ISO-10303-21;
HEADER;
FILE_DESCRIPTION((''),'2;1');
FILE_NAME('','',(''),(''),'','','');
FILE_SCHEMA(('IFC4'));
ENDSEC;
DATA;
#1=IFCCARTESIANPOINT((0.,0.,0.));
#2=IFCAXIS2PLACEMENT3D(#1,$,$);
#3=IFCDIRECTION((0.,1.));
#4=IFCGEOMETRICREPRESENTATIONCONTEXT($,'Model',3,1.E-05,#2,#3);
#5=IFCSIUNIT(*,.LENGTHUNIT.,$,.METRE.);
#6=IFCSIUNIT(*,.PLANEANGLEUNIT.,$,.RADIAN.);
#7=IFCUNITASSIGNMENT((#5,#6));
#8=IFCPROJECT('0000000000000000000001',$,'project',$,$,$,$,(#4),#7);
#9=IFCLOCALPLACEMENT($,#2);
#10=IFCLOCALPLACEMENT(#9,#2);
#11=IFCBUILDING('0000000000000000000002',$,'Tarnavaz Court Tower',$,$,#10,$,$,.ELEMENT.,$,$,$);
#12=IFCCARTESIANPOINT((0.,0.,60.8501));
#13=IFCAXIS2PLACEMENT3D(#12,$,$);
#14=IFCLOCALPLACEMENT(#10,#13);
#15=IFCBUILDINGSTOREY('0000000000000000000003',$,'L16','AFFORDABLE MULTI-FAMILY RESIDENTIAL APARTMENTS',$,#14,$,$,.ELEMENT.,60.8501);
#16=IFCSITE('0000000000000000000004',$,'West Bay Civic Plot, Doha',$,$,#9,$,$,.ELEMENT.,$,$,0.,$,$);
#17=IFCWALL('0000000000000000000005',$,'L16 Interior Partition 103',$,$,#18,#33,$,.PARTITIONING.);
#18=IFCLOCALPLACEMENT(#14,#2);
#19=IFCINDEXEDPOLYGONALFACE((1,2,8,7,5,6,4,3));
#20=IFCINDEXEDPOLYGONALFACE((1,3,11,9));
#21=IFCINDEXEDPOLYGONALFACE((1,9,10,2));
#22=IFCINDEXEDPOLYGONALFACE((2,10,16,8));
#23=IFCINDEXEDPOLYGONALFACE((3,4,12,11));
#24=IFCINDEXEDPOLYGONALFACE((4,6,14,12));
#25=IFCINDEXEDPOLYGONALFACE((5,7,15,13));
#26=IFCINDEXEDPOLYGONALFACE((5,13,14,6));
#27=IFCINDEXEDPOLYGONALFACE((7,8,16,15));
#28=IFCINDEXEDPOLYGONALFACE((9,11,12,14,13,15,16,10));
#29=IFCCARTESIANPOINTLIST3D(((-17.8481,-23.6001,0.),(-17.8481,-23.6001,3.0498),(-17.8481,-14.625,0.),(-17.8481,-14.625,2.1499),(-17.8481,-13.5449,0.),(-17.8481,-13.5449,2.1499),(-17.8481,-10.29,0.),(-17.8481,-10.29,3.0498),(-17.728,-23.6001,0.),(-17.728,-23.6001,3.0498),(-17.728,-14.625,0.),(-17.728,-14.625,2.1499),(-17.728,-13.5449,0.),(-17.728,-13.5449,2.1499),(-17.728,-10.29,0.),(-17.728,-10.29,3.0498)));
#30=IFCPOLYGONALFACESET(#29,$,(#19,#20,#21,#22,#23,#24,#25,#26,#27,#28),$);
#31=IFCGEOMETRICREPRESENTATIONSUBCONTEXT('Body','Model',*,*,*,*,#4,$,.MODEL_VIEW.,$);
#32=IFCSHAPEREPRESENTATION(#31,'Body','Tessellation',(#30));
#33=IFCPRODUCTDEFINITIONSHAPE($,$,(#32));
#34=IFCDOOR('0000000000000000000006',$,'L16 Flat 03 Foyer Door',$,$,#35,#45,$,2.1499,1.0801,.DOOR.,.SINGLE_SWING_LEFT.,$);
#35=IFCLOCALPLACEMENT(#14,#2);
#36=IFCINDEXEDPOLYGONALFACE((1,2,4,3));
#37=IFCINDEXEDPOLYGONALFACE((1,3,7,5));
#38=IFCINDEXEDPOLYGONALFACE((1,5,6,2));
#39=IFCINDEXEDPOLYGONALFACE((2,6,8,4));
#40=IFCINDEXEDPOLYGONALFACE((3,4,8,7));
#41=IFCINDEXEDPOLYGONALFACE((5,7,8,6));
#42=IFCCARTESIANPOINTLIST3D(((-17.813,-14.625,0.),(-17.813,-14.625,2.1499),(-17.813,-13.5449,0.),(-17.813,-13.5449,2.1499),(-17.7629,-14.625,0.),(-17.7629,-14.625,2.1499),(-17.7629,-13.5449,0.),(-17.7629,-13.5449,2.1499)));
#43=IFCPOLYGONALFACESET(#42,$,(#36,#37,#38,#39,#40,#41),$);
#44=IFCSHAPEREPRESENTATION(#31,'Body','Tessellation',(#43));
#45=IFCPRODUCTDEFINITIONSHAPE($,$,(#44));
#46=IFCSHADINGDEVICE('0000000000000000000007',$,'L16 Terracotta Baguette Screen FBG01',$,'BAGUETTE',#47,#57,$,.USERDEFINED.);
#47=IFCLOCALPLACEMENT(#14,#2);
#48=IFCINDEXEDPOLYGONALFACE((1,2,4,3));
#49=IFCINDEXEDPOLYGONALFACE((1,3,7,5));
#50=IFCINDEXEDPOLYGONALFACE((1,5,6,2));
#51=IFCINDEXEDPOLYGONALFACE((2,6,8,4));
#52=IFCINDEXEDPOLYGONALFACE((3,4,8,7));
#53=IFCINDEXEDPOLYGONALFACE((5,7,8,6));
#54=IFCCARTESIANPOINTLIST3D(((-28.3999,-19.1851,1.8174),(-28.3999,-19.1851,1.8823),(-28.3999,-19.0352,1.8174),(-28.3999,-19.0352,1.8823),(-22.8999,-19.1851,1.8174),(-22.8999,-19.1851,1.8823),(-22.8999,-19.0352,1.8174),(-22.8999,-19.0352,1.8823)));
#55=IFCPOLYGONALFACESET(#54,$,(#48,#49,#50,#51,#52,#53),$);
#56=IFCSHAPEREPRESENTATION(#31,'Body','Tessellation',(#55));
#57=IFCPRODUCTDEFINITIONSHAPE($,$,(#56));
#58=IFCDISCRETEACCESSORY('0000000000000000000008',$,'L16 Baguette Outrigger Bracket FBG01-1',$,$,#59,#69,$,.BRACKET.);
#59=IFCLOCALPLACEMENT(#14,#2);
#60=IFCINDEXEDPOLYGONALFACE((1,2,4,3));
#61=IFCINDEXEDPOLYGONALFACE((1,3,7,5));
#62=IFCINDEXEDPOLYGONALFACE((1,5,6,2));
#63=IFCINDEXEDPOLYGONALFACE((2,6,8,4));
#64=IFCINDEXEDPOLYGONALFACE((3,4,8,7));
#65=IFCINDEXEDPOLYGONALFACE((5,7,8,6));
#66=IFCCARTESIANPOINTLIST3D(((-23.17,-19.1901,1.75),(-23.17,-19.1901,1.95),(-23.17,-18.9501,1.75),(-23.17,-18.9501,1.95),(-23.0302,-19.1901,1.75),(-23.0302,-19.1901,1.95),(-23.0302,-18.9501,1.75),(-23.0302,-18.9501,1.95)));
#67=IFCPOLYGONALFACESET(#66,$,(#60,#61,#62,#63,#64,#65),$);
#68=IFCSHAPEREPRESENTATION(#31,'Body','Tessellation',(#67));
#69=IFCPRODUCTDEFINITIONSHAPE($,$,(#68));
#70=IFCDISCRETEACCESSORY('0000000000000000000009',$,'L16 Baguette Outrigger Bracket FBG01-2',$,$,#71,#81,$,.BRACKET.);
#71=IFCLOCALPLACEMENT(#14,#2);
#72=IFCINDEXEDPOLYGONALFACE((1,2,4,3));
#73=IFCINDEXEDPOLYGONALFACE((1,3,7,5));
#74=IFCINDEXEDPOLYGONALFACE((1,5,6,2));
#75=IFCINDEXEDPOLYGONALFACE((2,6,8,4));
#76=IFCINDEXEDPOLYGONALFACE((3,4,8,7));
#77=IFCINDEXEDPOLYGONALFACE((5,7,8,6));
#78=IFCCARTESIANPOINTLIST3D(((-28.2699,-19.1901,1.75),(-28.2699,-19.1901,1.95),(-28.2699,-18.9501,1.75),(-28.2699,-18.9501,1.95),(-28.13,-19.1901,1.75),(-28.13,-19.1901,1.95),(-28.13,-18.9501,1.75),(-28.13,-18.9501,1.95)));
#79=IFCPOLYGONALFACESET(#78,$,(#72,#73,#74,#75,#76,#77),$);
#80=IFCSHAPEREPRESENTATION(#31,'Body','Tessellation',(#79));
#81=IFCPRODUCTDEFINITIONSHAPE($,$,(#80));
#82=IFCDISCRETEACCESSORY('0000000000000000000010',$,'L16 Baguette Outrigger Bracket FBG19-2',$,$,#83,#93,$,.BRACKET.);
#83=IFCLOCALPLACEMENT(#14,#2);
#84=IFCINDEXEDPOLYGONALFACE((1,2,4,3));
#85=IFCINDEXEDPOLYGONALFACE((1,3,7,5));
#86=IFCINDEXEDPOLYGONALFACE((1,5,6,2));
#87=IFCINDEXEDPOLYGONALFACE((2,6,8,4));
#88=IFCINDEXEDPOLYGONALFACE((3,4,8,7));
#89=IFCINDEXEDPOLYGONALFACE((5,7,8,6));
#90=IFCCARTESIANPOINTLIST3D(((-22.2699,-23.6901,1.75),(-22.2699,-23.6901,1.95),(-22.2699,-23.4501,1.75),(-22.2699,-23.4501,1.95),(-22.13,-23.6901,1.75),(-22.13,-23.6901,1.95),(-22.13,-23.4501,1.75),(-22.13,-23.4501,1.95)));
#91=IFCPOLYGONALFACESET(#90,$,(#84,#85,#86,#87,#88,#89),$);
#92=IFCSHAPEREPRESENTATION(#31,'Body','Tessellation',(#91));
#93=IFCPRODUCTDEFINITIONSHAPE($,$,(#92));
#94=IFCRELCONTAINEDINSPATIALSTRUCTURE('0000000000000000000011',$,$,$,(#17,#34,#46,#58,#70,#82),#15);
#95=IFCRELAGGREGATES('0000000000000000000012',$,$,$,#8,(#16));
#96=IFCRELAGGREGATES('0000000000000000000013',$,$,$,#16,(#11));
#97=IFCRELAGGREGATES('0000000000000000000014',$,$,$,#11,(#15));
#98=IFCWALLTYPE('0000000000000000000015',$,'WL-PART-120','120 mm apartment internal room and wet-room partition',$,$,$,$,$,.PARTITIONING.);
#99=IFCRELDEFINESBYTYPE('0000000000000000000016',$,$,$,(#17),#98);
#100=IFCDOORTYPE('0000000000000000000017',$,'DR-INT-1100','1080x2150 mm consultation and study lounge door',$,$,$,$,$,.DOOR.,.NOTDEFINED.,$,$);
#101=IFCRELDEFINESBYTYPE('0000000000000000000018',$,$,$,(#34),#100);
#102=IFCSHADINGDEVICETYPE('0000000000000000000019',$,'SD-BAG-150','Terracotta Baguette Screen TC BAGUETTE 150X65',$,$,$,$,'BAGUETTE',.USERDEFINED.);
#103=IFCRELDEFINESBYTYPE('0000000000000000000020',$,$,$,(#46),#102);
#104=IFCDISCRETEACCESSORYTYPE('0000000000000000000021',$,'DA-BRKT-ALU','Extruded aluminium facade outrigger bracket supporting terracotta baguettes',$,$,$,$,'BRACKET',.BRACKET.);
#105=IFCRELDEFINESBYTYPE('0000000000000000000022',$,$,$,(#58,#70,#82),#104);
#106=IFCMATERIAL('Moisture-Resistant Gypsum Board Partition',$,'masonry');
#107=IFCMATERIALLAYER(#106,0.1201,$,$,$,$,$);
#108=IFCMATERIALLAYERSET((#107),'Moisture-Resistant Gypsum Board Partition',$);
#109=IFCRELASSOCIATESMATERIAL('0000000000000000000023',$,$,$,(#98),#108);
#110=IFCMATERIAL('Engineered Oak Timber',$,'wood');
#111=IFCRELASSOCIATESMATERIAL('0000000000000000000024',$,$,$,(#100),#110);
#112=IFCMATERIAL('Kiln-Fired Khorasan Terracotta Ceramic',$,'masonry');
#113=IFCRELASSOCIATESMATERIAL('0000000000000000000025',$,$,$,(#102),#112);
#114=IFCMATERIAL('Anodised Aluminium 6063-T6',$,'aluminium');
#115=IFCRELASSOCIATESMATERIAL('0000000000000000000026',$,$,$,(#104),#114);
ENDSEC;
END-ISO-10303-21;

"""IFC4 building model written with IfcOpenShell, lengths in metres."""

from ifc_helpers import new_model, si_unit, direction, frame, frame_2d, origin, origin_2d, place, context, subcontext, project, spatial, rectangle, extrude, material, layer, layer_set, material_profile, profile_set, type_object, element, fill, save


model = new_model("IFC4")

# Units and contexts
model_context = context("Model", 3, precision=1e-05, world=origin(), true_north=direction((0.0, 1.0)))
body_context = subcontext(model_context, "Body", "Model", "MODEL_VIEW")
ifc_project = project(units=[si_unit("LENGTHUNIT", "METRE"), si_unit("PLANEANGLEUNIT", "RADIAN")], contexts=[model_context])

# Site, building, storey
site_placement = place(None, origin())
site = spatial("IfcSite", under=ifc_project, at=site_placement, Name="West Bay Civic Plot, Doha", CompositionType="ELEMENT", RefElevation=0.0)
building_placement = place(site_placement, origin())
building = spatial("IfcBuilding", under=site, at=building_placement, Name="Tarnavaz Court Tower", CompositionType="ELEMENT")
storey_placement = place(building_placement, frame((0.0, 0.0, 60.8501)))
storey = spatial("IfcBuildingStorey", under=building, at=storey_placement, Name="L16", Description="AFFORDABLE MULTI-FAMILY RESIDENTIAL APARTMENTS", CompositionType="ELEMENT", Elevation=60.8501)

# Wall, opening, door
ifc_material_1 = material(Name="Moisture-Resistant Gypsum Board Partition", Category="masonry")
ifc_layer_1 = layer(ifc_material_1, 0.1201)
ifc_layer_set_1 = layer_set([ifc_layer_1], Name="Moisture-Resistant Gypsum Board Partition")
wall_type_1 = type_object("IfcWallType", Name="WL-PART-120", Description="120 mm apartment internal room and wet-room partition", PredefinedType="PARTITIONING", material=ifc_layer_set_1)
wall_1_placement = place(storey_placement, frame((-17.7881, -23.6001, 0.0), z_axis=(0.0, 0.0, 1.0), x_axis=(0.0, 1.0, 0.0)))
wall_1 = element("IfcWall", 1, at=wall_1_placement, inside=storey, type_object=wall_type_1, Name="L16 Interior Partition 103", PredefinedType="PARTITIONING", context=body_context, shape_type="SweptSolid", body=[
    extrude(rectangle(XDim=13.3101, YDim=0.1201, at=frame_2d((6.655, 0.0))), origin(), (0.0, 0.0, 1.0), 3.0498),
])
opening_1_placement = place(wall_1_placement, frame((8.9751, 0.0, 0.0)))
opening_1 = element("IfcOpeningElement", 2, at=opening_1_placement, cuts=wall_1, PredefinedType="OPENING", context=body_context, shape_type="SweptSolid", body=[
    extrude(rectangle(XDim=1.0801, YDim=2.1499, at=frame_2d((0.54, 1.075))), frame((0.0, 0.0701, 0.0), z_axis=(0.0, -1.0, 0.0), x_axis=(1.0, 0.0, 0.0)), (0.0, 0.0, 1.0), 0.1401),
])
ifc_material_2 = material(Name="Engineered Oak Timber", Category="wood")
door_type = type_object("IfcDoorType", Name="DR-INT-1100", Description="1080x2150 mm consultation and study lounge door", OperationType="NOTDEFINED", PredefinedType="DOOR", material=ifc_material_2)
door_placement = place(opening_1_placement, origin())
door = element("IfcDoor", 3, at=door_placement, inside=storey, type_object=door_type, Name="L16 Flat 03 Foyer Door", OperationType="SINGLE_SWING_LEFT", OverallHeight=2.1499, OverallWidth=1.0801, PredefinedType="DOOR", context=body_context, shape_type="SweptSolid", body=[
    extrude(rectangle(XDim=1.0801, YDim=2.1499, at=frame_2d((0.54, 1.075))), frame((0.0, 0.0249, 0.0), z_axis=(0.0, -1.0, 0.0), x_axis=(1.0, 0.0, 0.0)), (0.0, 0.0, 1.0), 0.05),
])
fill(opening_1, door)

# Shading device
ifc_material_3 = material(Name="Kiln-Fired Khorasan Terracotta Ceramic", Category="masonry")
ifc_material_profile_1 = material_profile(ifc_material_3, rectangle(XDim=0.1499, YDim=0.0649, at=origin_2d()), Name="TC BAGUETTE 150X65")
ifc_profile_set_1 = profile_set([ifc_material_profile_1], Name="Kiln-Fired Khorasan Terracotta Ceramic")
shading_device_type = type_object("IfcShadingDeviceType", Name="SD-BAG-150", Description="Terracotta Baguette Screen TC BAGUETTE 150X65", ElementType="BAGUETTE", PredefinedType="USERDEFINED", material=ifc_profile_set_1)
shading_device_placement = place(storey_placement, frame((-22.8999, -19.1101, 1.8499), z_axis=(-1.0, 0.0, 0.0), x_axis=(0.0, -1.0, 0.0)))
element("IfcShadingDevice", 4, at=shading_device_placement, inside=storey, type_object=shading_device_type, Name="L16 Terracotta Baguette Screen FBG01", ObjectType="BAGUETTE", PredefinedType="USERDEFINED", context=body_context, shape_type="SweptSolid", body=[
    extrude(rectangle(XDim=0.1499, YDim=0.0649, at=origin_2d()), origin(), (0.0, 0.0, 1.0), 5.5),
])

# Discrete accessories
ifc_material_4 = material(Name="Anodised Aluminium 6063-T6", Category="aluminium")
discrete_accessory_type = type_object("IfcDiscreteAccessoryType", Name="DA-BRKT-ALU", Description="Extruded aluminium facade outrigger bracket supporting terracotta baguettes", ElementType="BRACKET", PredefinedType="BRACKET", material=ifc_material_4)
for number, where, z_axis, x_axis, name in (
    (5, (-23.1001, -19.0701, 1.75), (0.0, 0.0, 1.0), (-1.0, 0.0, 0.0), "L16 Baguette Outrigger Bracket FBG01-1"),
    (6, (-28.2, -19.0701, 1.75), (0.0, 0.0, 1.0), (-1.0, 0.0, 0.0), "L16 Baguette Outrigger Bracket FBG01-2"),
    (7, (-22.2, -23.5701, 1.75), (0.0, 0.0, 1.0), (-1.0, 0.0, 0.0), "L16 Baguette Outrigger Bracket FBG19-2"),
):
    element("IfcDiscreteAccessory", number, at=place(storey_placement, frame(where, z_axis=z_axis, x_axis=x_axis)), inside=storey, type_object=discrete_accessory_type, Name=name, PredefinedType="BRACKET", context=body_context, shape_type="SweptSolid", body=[
        extrude(rectangle(XDim=0.1399, YDim=0.24, at=origin_2d()), origin(), (0.0, 0.0, 1.0), 0.2),
    ])

save(model, "model.ifc")
